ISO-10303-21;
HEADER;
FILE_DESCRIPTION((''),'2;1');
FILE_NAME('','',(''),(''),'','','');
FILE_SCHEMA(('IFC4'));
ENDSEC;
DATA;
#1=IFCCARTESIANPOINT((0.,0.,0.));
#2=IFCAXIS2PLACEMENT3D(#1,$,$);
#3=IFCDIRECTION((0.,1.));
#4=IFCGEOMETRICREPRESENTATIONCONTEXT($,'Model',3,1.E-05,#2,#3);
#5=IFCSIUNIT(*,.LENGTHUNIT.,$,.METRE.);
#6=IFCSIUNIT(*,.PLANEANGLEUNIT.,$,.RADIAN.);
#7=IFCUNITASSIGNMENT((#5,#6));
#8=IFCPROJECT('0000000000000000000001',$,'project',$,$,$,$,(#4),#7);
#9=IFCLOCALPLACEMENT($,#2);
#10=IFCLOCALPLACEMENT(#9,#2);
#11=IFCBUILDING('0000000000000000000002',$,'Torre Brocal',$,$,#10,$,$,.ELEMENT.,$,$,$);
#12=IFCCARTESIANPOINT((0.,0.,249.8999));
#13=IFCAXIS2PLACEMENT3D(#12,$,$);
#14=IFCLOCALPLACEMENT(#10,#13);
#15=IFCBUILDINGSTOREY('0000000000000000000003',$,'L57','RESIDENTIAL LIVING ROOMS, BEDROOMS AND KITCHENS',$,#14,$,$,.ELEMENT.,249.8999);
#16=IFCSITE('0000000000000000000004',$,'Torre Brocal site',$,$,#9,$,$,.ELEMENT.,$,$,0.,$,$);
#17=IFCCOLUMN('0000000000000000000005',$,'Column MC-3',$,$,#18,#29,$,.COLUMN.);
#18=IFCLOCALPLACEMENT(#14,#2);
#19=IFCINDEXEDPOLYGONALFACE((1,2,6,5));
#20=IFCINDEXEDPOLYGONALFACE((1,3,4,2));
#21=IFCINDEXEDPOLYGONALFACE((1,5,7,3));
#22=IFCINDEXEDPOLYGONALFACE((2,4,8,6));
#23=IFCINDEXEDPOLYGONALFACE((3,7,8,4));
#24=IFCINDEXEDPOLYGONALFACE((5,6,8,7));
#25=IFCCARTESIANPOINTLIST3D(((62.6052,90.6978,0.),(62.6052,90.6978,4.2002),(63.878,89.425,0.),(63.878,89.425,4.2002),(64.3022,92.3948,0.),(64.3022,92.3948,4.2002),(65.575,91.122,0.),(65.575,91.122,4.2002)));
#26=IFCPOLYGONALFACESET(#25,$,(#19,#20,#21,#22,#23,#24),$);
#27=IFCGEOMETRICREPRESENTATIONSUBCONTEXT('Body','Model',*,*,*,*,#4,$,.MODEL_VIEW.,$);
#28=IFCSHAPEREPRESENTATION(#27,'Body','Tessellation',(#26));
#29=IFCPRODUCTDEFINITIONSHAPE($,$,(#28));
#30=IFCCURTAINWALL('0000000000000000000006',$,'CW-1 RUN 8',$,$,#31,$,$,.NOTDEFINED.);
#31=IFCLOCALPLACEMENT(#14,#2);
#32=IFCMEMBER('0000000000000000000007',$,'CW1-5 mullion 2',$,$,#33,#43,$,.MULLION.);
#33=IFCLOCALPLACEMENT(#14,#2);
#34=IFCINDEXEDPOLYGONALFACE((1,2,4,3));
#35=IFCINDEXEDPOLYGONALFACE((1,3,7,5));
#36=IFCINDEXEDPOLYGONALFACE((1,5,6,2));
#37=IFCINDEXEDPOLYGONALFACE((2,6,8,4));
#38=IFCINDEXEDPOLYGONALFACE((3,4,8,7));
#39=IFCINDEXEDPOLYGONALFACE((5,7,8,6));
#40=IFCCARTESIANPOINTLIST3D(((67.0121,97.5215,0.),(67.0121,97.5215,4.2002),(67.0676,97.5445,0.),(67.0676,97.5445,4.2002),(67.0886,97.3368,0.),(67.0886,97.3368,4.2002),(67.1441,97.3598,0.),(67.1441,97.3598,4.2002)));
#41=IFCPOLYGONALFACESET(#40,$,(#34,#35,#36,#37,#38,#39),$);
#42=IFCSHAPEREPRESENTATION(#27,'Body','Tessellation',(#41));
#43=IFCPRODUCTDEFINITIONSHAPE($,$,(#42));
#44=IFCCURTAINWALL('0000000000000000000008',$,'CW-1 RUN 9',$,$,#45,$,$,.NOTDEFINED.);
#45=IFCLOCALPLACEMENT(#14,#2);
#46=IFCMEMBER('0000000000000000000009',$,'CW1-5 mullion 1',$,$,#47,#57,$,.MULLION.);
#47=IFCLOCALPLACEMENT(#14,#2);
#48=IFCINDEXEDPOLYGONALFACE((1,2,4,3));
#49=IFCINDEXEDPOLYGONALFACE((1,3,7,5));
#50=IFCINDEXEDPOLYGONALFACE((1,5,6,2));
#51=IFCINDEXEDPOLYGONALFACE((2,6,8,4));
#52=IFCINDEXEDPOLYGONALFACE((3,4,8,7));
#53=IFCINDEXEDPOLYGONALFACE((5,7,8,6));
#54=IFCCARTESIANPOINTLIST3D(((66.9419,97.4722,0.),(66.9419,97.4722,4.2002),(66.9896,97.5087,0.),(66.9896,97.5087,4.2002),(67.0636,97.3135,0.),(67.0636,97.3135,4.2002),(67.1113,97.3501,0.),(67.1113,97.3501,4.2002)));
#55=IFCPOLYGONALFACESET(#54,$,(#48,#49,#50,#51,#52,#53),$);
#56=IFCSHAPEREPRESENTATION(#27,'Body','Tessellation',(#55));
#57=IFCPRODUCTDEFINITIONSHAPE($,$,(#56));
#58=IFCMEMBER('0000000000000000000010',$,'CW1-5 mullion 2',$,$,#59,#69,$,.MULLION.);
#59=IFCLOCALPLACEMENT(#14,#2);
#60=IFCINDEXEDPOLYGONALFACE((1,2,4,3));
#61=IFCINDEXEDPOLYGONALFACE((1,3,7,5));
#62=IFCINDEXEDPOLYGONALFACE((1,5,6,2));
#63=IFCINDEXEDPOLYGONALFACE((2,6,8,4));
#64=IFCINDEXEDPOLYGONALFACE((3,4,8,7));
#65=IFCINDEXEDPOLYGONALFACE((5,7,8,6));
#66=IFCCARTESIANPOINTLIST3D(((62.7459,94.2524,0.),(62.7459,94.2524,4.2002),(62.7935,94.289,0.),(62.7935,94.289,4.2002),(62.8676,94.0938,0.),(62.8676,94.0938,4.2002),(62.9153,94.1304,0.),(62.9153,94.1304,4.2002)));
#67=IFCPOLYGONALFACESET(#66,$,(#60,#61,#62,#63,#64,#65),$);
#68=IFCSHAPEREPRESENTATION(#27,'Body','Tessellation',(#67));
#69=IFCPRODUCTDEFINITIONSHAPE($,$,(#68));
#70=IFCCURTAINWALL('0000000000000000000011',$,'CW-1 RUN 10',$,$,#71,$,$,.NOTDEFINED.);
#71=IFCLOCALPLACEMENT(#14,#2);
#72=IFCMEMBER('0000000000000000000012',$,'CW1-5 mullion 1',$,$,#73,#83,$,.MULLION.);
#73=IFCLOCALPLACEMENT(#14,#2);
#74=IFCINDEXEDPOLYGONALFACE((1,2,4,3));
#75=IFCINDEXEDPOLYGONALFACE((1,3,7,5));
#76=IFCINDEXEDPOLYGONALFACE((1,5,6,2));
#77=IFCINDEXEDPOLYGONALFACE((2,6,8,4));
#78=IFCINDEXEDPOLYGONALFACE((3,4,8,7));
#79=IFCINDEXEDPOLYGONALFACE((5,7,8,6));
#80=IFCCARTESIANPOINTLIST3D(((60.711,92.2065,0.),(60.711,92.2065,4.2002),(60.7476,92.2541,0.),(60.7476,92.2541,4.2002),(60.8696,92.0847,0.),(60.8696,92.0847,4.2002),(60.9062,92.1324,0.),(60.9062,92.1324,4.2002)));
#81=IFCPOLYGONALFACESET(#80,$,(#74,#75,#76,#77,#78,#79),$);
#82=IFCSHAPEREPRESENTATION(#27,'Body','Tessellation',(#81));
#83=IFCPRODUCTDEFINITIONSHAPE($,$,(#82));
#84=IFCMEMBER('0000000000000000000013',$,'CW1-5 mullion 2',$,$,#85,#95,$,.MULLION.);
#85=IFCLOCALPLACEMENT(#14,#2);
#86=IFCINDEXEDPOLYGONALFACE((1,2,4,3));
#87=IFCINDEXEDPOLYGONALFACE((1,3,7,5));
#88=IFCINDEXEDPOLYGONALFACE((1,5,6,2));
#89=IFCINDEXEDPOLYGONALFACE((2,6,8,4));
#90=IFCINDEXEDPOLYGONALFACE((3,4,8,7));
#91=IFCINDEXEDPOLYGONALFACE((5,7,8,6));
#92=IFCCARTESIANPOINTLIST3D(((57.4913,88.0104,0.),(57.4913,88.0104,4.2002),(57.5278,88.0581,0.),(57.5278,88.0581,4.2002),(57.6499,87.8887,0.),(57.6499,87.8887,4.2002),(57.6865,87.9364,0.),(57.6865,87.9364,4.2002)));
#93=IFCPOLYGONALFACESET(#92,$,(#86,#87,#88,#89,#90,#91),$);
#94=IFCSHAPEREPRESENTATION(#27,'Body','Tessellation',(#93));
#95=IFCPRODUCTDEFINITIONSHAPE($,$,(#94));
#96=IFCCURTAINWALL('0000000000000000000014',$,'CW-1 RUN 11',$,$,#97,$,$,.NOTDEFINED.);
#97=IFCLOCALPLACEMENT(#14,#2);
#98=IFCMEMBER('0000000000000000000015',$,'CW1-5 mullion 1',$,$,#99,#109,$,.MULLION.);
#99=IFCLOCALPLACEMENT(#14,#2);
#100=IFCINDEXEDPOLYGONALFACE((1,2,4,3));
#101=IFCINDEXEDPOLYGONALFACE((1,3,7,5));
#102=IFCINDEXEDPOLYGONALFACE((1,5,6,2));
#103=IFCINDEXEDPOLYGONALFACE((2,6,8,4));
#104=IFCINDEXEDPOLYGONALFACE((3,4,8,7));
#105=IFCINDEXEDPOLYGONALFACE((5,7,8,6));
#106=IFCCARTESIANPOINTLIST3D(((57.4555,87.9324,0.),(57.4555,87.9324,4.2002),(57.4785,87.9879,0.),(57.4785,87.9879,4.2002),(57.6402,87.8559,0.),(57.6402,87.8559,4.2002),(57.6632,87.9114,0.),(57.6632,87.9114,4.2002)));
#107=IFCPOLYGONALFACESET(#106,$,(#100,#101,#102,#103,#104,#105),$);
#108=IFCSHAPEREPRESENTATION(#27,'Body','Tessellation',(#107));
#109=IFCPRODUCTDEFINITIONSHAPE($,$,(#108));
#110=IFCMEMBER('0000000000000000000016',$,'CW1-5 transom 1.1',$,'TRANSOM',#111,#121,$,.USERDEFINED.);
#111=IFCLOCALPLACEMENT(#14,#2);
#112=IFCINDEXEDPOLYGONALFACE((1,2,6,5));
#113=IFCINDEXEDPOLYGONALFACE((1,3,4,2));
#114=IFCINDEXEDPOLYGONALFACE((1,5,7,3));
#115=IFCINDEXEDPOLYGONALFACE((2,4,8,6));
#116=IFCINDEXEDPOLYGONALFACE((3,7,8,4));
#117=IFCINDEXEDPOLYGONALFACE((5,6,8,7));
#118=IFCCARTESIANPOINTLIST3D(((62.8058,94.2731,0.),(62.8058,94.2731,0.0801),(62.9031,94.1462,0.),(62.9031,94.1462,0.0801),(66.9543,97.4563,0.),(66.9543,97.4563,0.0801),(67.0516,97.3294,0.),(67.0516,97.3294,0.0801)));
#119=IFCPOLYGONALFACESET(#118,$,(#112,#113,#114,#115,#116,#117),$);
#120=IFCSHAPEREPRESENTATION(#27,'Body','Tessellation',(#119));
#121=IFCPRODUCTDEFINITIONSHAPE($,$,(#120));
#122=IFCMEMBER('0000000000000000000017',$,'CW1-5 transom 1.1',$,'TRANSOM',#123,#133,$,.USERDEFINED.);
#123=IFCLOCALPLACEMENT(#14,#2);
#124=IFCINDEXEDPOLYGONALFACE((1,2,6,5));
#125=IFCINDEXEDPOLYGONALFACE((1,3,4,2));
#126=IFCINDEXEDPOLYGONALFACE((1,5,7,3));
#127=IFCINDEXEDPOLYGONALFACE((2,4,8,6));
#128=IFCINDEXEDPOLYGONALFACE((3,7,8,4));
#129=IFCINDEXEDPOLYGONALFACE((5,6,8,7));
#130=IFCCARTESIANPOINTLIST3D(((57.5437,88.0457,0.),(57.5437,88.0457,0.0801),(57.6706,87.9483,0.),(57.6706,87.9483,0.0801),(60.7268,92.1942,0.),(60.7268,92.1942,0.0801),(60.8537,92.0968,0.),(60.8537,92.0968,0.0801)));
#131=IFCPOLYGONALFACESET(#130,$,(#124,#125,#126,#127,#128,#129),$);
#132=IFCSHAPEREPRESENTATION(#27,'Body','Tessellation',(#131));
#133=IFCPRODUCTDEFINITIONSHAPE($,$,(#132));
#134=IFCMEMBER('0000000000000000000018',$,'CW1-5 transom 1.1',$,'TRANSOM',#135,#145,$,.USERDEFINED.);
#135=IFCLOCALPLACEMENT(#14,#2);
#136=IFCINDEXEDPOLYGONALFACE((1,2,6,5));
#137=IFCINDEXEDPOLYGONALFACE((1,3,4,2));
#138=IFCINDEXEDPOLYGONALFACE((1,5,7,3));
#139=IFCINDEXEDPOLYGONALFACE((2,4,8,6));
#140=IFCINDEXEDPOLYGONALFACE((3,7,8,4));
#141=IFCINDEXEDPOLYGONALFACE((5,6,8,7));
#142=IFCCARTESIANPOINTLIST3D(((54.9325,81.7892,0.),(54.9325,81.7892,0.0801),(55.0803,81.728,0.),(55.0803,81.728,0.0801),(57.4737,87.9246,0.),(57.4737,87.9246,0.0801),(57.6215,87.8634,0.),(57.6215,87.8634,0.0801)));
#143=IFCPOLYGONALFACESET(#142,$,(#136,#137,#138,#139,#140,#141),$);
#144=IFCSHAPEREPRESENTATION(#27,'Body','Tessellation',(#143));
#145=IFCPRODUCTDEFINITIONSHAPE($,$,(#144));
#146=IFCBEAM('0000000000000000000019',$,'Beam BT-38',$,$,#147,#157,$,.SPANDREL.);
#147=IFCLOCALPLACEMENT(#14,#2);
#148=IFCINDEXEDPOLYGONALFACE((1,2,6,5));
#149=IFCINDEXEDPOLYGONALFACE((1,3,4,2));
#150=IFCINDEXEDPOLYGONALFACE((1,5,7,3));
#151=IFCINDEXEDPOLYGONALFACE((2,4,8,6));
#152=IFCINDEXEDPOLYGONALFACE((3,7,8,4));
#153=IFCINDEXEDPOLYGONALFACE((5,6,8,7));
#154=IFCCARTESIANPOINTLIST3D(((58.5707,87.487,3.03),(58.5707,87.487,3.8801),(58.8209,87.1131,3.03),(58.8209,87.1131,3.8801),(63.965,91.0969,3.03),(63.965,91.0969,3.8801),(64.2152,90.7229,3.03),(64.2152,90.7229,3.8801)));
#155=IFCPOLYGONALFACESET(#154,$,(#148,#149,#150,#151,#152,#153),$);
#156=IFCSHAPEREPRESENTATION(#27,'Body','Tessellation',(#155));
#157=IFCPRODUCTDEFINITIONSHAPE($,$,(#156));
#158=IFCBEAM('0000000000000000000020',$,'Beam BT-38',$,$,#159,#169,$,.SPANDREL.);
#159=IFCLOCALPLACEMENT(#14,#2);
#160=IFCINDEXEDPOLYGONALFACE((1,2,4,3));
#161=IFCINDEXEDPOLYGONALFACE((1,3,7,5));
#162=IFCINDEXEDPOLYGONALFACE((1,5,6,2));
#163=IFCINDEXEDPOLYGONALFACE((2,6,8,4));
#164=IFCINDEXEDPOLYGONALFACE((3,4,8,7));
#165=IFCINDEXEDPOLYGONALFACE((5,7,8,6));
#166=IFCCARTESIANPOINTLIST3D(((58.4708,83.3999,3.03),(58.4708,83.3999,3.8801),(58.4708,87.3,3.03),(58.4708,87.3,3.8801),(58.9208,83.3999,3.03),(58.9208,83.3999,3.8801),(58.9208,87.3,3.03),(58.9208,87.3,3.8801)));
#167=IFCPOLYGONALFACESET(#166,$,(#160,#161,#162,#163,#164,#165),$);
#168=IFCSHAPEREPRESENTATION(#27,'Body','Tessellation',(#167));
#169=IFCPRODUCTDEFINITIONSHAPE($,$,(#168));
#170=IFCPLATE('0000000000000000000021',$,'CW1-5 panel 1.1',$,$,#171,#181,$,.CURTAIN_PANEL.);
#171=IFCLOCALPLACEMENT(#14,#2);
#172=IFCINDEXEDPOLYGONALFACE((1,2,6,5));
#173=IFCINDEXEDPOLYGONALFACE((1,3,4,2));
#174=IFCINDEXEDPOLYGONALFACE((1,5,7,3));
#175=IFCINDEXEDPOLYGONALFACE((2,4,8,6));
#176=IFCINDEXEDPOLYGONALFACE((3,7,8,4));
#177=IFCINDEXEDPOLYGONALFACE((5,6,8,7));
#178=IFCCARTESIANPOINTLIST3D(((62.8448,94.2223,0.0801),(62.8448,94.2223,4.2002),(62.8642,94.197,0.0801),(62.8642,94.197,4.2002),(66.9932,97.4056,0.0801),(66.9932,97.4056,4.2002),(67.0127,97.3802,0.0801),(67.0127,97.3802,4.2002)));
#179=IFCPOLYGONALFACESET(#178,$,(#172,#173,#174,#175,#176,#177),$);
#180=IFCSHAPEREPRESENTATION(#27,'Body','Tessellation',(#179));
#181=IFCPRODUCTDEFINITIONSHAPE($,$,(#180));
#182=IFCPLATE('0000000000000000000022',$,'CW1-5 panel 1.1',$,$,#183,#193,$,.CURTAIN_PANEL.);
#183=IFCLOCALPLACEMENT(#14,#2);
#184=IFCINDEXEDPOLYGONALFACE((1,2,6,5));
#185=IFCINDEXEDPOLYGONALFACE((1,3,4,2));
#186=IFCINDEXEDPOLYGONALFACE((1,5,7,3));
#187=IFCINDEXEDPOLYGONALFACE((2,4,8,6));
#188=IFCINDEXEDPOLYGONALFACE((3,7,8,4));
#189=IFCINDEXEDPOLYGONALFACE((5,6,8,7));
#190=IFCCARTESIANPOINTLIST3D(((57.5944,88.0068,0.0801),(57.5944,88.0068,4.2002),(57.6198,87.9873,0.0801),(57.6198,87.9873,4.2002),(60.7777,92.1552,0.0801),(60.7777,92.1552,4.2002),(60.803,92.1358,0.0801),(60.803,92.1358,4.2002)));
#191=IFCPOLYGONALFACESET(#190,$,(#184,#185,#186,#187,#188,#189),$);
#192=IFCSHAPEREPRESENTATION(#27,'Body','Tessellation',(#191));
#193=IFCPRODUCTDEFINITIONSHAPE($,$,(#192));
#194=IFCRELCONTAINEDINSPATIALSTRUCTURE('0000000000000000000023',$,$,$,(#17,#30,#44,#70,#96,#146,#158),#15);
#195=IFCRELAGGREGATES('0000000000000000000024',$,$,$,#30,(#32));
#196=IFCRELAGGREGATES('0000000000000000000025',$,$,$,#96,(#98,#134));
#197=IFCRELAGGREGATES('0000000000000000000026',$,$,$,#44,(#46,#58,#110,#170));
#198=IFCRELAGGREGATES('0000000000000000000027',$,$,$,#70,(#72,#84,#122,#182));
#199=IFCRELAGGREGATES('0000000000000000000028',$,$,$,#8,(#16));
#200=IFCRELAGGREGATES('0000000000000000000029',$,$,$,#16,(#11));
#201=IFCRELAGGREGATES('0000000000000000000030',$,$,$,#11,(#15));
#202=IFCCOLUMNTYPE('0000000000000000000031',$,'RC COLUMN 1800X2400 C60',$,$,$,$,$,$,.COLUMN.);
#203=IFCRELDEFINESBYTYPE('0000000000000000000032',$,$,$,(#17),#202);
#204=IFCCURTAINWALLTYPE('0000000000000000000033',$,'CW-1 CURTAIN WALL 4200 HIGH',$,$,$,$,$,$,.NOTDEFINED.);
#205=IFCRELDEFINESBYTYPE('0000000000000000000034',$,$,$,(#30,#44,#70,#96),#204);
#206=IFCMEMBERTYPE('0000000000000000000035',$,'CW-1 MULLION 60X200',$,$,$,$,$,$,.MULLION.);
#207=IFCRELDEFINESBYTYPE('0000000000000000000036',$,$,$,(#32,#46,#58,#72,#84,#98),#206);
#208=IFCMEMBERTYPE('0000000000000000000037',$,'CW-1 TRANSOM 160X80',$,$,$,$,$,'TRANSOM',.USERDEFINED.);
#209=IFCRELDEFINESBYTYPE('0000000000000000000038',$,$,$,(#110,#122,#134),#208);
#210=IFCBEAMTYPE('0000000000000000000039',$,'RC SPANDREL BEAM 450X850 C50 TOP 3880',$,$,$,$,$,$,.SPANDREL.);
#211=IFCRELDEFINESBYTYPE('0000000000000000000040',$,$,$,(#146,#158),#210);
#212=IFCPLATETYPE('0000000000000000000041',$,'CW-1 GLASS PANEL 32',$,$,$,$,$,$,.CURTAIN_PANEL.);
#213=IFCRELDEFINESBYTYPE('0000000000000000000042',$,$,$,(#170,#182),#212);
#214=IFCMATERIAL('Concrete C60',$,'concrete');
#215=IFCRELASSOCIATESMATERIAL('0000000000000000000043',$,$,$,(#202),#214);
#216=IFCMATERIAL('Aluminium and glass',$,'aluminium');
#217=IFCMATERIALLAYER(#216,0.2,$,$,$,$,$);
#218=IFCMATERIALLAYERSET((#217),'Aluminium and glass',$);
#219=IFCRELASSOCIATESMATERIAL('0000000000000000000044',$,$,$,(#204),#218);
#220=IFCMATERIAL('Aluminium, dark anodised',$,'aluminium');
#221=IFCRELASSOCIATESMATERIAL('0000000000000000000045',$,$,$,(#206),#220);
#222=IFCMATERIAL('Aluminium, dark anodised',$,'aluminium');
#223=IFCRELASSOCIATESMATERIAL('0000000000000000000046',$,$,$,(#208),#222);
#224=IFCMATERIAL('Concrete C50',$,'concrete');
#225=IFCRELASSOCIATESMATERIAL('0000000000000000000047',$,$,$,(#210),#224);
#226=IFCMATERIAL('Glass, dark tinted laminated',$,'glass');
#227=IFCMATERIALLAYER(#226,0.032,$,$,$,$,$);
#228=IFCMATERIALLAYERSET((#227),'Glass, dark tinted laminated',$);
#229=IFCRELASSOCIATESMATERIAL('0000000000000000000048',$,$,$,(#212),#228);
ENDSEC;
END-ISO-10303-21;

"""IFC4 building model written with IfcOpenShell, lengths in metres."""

from ifc_helpers import new_model, si_unit, direction, frame, origin, origin_2d, place, context, subcontext, project, spatial, rectangle, extrude, material, layer, layer_set, material_profile, profile_set, type_object, element, aggregate, save


model = new_model("IFC4")

# Units and contexts
model_context = context("Model", 3, precision=1e-05, world=origin(), true_north=direction((0.0, 1.0)))
body_context = subcontext(model_context, "Body", "Model", "MODEL_VIEW")
ifc_project = project(units=[si_unit("LENGTHUNIT", "METRE"), si_unit("PLANEANGLEUNIT", "RADIAN")], contexts=[model_context])

# Site, building, storey
site_placement = place(None, origin())
site = spatial("IfcSite", under=ifc_project, at=site_placement, Name="Torre Brocal site", CompositionType="ELEMENT", RefElevation=0.0)
building_placement = place(site_placement, origin())
building = spatial("IfcBuilding", under=site, at=building_placement, Name="Torre Brocal", CompositionType="ELEMENT")
storey_placement = place(building_placement, frame((0.0, 0.0, 249.8999)))
storey = spatial("IfcBuildingStorey", under=building, at=storey_placement, Name="L57", Description="RESIDENTIAL LIVING ROOMS, BEDROOMS AND KITCHENS", CompositionType="ELEMENT", Elevation=249.8999)

# Column
ifc_material_1 = material(Name="Concrete C60", Category="concrete")
ifc_material_profile_1 = material_profile(ifc_material_1, rectangle(XDim=1.8, YDim=2.3999, at=origin_2d()), Name="RC 1800X2400")
ifc_profile_set_1 = profile_set([ifc_material_profile_1], Name="Concrete C60")
column_type = type_object("IfcColumnType", Name="RC COLUMN 1800X2400 C60", PredefinedType="COLUMN", material=ifc_profile_set_1)
column_placement = place(storey_placement, frame((64.0901, 90.9099, 0.0), z_axis=(0.0, 0.0, 1.0), x_axis=(-0.707107, 0.707107, 0.0)))
element("IfcColumn", 1, at=column_placement, inside=storey, type_object=column_type, Name="Column MC-3", PredefinedType="COLUMN", context=body_context, shape_type="SweptSolid", body=[
    extrude(rectangle(XDim=1.8, YDim=2.3999, at=origin_2d()), origin(), (0.0, 0.0, 1.0), 4.2002),
])

# Curtain wall, member
ifc_material_2 = material(Name="Aluminium and glass", Category="aluminium")
ifc_layer_1 = layer(ifc_material_2, 0.2)
ifc_layer_set_1 = layer_set([ifc_layer_1], Name="Aluminium and glass")
curtain_wall_type = type_object("IfcCurtainWallType", Name="CW-1 CURTAIN WALL 4200 HIGH", PredefinedType="NOTDEFINED", material=ifc_layer_set_1)
curtain_wall_1_placement = place(storey_placement, origin())
curtain_wall_1 = element("IfcCurtainWall", 2, at=curtain_wall_1_placement, inside=storey, type_object=curtain_wall_type, Name="CW-1 RUN 8", PredefinedType="NOTDEFINED")
ifc_material_3 = material(Name="Aluminium, dark anodised", Category="aluminium")
ifc_material_profile_2 = material_profile(ifc_material_3, rectangle(XDim=0.2, YDim=0.0601, at=origin_2d()), Name="CW-1 MULLION 60X200")
ifc_profile_set_2 = profile_set([ifc_material_profile_2], Name="Aluminium, dark anodised")
member_type_1 = type_object("IfcMemberType", Name="CW-1 MULLION 60X200", PredefinedType="MULLION", material=ifc_profile_set_2)
member_1_placement = place(storey_placement, frame((67.0781, 97.4407, 0.0), z_axis=(0.0, 0.0, 1.0), x_axis=(0.382683, -0.92388, 0.0)))
member_1 = element("IfcMember", 3, at=member_1_placement, type_object=member_type_1, Name="CW1-5 mullion 2", PredefinedType="MULLION", context=body_context, shape_type="SweptSolid", body=[
    extrude(rectangle(XDim=0.2, YDim=0.0601, at=origin_2d()), origin(), (0.0, 0.0, 1.0), 4.2002),
])
aggregate(curtain_wall_1, [member_1])

# Curtain walls, members
curtain_wall_2_placement = place(storey_placement, origin())
curtain_wall_2 = element("IfcCurtainWall", 4, at=curtain_wall_2_placement, inside=storey, type_object=curtain_wall_type, Name="CW-1 RUN 9", PredefinedType="NOTDEFINED")
member_2_placement = place(storey_placement, frame((67.0266, 97.4111, 0.0), z_axis=(0.0, 0.0, 1.0), x_axis=(0.608761, -0.793353, 0.0)))
member_2 = element("IfcMember", 5, at=member_2_placement, type_object=member_type_1, Name="CW1-5 mullion 1", PredefinedType="MULLION", context=body_context, shape_type="SweptSolid", body=[
    extrude(rectangle(XDim=0.2, YDim=0.0601, at=origin_2d()), origin(), (0.0, 0.0, 1.0), 4.2002),
])
member_3_placement = place(storey_placement, frame((62.8306, 94.1914, 0.0), z_axis=(0.0, 0.0, 1.0), x_axis=(0.608761, -0.793353, 0.0)))
member_3 = element("IfcMember", 6, at=member_3_placement, type_object=member_type_1, Name="CW1-5 mullion 2", PredefinedType="MULLION", context=body_context, shape_type="SweptSolid", body=[
    extrude(rectangle(XDim=0.2, YDim=0.0601, at=origin_2d()), origin(), (0.0, 0.0, 1.0), 4.2002),
])
curtain_wall_3_placement = place(storey_placement, origin())
curtain_wall_3 = element("IfcCurtainWall", 7, at=curtain_wall_3_placement, inside=storey, type_object=curtain_wall_type, Name="CW-1 RUN 10", PredefinedType="NOTDEFINED")
member_4_placement = place(storey_placement, frame((60.8086, 92.1694, 0.0), z_axis=(0.0, 0.0, 1.0), x_axis=(0.793353, -0.608761, 0.0)))
member_4 = element("IfcMember", 8, at=member_4_placement, type_object=member_type_1, Name="CW1-5 mullion 1", PredefinedType="MULLION", context=body_context, shape_type="SweptSolid", body=[
    extrude(rectangle(XDim=0.2, YDim=0.0601, at=origin_2d()), origin(), (0.0, 0.0, 1.0), 4.2002),
])
member_5_placement = place(storey_placement, frame((57.5889, 87.9734, 0.0), z_axis=(0.0, 0.0, 1.0), x_axis=(0.793353, -0.608761, 0.0)))
member_5 = element("IfcMember", 9, at=member_5_placement, type_object=member_type_1, Name="CW1-5 mullion 2", PredefinedType="MULLION", context=body_context, shape_type="SweptSolid", body=[
    extrude(rectangle(XDim=0.2, YDim=0.0601, at=origin_2d()), origin(), (0.0, 0.0, 1.0), 4.2002),
])

# Curtain wall, member
curtain_wall_4_placement = place(storey_placement, origin())
curtain_wall_4 = element("IfcCurtainWall", 10, at=curtain_wall_4_placement, inside=storey, type_object=curtain_wall_type, Name="CW-1 RUN 11", PredefinedType="NOTDEFINED")
member_6_placement = place(storey_placement, frame((57.5593, 87.9219, 0.0), z_axis=(0.0, 0.0, 1.0), x_axis=(0.92388, -0.382683, 0.0)))
member_6 = element("IfcMember", 11, at=member_6_placement, type_object=member_type_1, Name="CW1-5 mullion 1", PredefinedType="MULLION", context=body_context, shape_type="SweptSolid", body=[
    extrude(rectangle(XDim=0.2, YDim=0.0601, at=origin_2d()), origin(), (0.0, 0.0, 1.0), 4.2002),
])

# Members
ifc_material_4 = material(Name="Aluminium, dark anodised", Category="aluminium")
ifc_material_profile_3 = material_profile(ifc_material_4, rectangle(XDim=0.1599, YDim=0.0801, at=origin_2d()), Name="CW-1 TRANSOM 160X80")
ifc_profile_set_3 = profile_set([ifc_material_profile_3], Name="Aluminium, dark anodised")
member_type_2 = type_object("IfcMemberType", Name="CW-1 TRANSOM 160X80", ElementType="TRANSOM", PredefinedType="USERDEFINED", material=ifc_profile_set_3)
member_7_placement = place(storey_placement, frame((67.0029, 97.3928, 0.04), z_axis=(-0.793363, -0.608749, 0.0), x_axis=(0.608749, -0.793363, 0.0)))
member_7 = element("IfcMember", 12, at=member_7_placement, type_object=member_type_2, Name="CW1-5 transom 1.1", ObjectType="TRANSOM", PredefinedType="USERDEFINED", context=body_context, shape_type="SweptSolid", body=[
    extrude(rectangle(XDim=0.1599, YDim=0.0801, at=origin_2d()), origin(), (0.0, 0.0, 1.0), 5.229),
])
member_8_placement = place(storey_placement, frame((60.7903, 92.1455, 0.04), z_axis=(-0.608749, -0.793363, 0.0), x_axis=(0.793363, -0.608749, 0.0)))
member_8 = element("IfcMember", 13, at=member_8_placement, type_object=member_type_2, Name="CW1-5 transom 1.1", ObjectType="TRANSOM", PredefinedType="USERDEFINED", context=body_context, shape_type="SweptSolid", body=[
    extrude(rectangle(XDim=0.1599, YDim=0.0801, at=origin_2d()), origin(), (0.0, 0.0, 1.0), 5.229),
])
member_9_placement = place(storey_placement, frame((57.5476, 87.894, 0.04), z_axis=(-0.382665, -0.923887, 0.0), x_axis=(0.923887, -0.382665, 0.0)))
member_9 = element("IfcMember", 14, at=member_9_placement, type_object=member_type_2, Name="CW1-5 transom 1.1", ObjectType="TRANSOM", PredefinedType="USERDEFINED", context=body_context, shape_type="SweptSolid", body=[
    extrude(rectangle(XDim=0.1599, YDim=0.0801, at=origin_2d()), origin(), (0.0, 0.0, 1.0), 6.6409),
])
aggregate(curtain_wall_4, [member_6, member_9])

# Beams
ifc_material_5 = material(Name="Concrete C50", Category="concrete")
ifc_material_profile_4 = material_profile(ifc_material_5, rectangle(XDim=0.45, YDim=0.8501, at=origin_2d()), Name="RC 450X850")
ifc_profile_set_4 = profile_set([ifc_material_profile_4], Name="Concrete C50")
beam_type = type_object("IfcBeamType", Name="RC SPANDREL BEAM 450X850 C50 TOP 3880", PredefinedType="SPANDREL", material=ifc_profile_set_4)
beam_1_placement = place(storey_placement, frame((64.0901, 90.9099, 3.4551), z_axis=(-0.831077, -0.556158, 0.0), x_axis=(0.556158, -0.831077, 0.0)))
element("IfcBeam", 15, at=beam_1_placement, inside=storey, type_object=beam_type, Name="Beam BT-38", PredefinedType="SPANDREL", context=body_context, shape_type="SweptSolid", body=[
    extrude(rectangle(XDim=0.45, YDim=0.8501, at=origin_2d()), origin(), (0.0, 0.0, 1.0), 6.4907),
])
beam_2_placement = place(storey_placement, frame((58.6958, 87.3, 3.4551), z_axis=(0.0, -1.0, 0.0), x_axis=(1.0, 0.0, 0.0)))
element("IfcBeam", 16, at=beam_2_placement, inside=storey, type_object=beam_type, Name="Beam BT-38", PredefinedType="SPANDREL", context=body_context, shape_type="SweptSolid", body=[
    extrude(rectangle(XDim=0.45, YDim=0.8501, at=origin_2d()), origin(), (0.0, 0.0, 1.0), 3.9001),
])

# Plates
ifc_material_6 = material(Name="Glass, dark tinted laminated", Category="glass")
ifc_layer_2 = layer(ifc_material_6, 0.032)
ifc_layer_set_2 = layer_set([ifc_layer_2], Name="Glass, dark tinted laminated")
plate_type = type_object("IfcPlateType", Name="CW-1 GLASS PANEL 32", PredefinedType="CURTAIN_PANEL", material=ifc_layer_set_2)
plate_1_placement = place(storey_placement, frame((64.9287, 95.8013, 0.0801), z_axis=(0.0, 0.0, 1.0), x_axis=(-0.793353, -0.608761, 0.0)))
plate_1 = element("IfcPlate", 17, at=plate_1_placement, type_object=plate_type, Name="CW1-5 panel 1.1", PredefinedType="CURTAIN_PANEL", context=body_context, shape_type="SweptSolid", body=[
    extrude(rectangle(XDim=5.229, YDim=0.032, at=origin_2d()), origin(), (0.0, 0.0, 1.0), 4.1201),
])
aggregate(curtain_wall_2, [member_2, member_3, member_7, plate_1])
plate_2_placement = place(storey_placement, frame((59.1987, 90.0713, 0.0801), z_axis=(0.0, 0.0, 1.0), x_axis=(-0.608761, -0.793353, 0.0)))
plate_2 = element("IfcPlate", 18, at=plate_2_placement, type_object=plate_type, Name="CW1-5 panel 1.1", PredefinedType="CURTAIN_PANEL", context=body_context, shape_type="SweptSolid", body=[
    extrude(rectangle(XDim=5.229, YDim=0.032, at=origin_2d()), origin(), (0.0, 0.0, 1.0), 4.1201),
])
aggregate(curtain_wall_3, [member_4, member_5, member_8, plate_2])

save(model, "model.ifc")
